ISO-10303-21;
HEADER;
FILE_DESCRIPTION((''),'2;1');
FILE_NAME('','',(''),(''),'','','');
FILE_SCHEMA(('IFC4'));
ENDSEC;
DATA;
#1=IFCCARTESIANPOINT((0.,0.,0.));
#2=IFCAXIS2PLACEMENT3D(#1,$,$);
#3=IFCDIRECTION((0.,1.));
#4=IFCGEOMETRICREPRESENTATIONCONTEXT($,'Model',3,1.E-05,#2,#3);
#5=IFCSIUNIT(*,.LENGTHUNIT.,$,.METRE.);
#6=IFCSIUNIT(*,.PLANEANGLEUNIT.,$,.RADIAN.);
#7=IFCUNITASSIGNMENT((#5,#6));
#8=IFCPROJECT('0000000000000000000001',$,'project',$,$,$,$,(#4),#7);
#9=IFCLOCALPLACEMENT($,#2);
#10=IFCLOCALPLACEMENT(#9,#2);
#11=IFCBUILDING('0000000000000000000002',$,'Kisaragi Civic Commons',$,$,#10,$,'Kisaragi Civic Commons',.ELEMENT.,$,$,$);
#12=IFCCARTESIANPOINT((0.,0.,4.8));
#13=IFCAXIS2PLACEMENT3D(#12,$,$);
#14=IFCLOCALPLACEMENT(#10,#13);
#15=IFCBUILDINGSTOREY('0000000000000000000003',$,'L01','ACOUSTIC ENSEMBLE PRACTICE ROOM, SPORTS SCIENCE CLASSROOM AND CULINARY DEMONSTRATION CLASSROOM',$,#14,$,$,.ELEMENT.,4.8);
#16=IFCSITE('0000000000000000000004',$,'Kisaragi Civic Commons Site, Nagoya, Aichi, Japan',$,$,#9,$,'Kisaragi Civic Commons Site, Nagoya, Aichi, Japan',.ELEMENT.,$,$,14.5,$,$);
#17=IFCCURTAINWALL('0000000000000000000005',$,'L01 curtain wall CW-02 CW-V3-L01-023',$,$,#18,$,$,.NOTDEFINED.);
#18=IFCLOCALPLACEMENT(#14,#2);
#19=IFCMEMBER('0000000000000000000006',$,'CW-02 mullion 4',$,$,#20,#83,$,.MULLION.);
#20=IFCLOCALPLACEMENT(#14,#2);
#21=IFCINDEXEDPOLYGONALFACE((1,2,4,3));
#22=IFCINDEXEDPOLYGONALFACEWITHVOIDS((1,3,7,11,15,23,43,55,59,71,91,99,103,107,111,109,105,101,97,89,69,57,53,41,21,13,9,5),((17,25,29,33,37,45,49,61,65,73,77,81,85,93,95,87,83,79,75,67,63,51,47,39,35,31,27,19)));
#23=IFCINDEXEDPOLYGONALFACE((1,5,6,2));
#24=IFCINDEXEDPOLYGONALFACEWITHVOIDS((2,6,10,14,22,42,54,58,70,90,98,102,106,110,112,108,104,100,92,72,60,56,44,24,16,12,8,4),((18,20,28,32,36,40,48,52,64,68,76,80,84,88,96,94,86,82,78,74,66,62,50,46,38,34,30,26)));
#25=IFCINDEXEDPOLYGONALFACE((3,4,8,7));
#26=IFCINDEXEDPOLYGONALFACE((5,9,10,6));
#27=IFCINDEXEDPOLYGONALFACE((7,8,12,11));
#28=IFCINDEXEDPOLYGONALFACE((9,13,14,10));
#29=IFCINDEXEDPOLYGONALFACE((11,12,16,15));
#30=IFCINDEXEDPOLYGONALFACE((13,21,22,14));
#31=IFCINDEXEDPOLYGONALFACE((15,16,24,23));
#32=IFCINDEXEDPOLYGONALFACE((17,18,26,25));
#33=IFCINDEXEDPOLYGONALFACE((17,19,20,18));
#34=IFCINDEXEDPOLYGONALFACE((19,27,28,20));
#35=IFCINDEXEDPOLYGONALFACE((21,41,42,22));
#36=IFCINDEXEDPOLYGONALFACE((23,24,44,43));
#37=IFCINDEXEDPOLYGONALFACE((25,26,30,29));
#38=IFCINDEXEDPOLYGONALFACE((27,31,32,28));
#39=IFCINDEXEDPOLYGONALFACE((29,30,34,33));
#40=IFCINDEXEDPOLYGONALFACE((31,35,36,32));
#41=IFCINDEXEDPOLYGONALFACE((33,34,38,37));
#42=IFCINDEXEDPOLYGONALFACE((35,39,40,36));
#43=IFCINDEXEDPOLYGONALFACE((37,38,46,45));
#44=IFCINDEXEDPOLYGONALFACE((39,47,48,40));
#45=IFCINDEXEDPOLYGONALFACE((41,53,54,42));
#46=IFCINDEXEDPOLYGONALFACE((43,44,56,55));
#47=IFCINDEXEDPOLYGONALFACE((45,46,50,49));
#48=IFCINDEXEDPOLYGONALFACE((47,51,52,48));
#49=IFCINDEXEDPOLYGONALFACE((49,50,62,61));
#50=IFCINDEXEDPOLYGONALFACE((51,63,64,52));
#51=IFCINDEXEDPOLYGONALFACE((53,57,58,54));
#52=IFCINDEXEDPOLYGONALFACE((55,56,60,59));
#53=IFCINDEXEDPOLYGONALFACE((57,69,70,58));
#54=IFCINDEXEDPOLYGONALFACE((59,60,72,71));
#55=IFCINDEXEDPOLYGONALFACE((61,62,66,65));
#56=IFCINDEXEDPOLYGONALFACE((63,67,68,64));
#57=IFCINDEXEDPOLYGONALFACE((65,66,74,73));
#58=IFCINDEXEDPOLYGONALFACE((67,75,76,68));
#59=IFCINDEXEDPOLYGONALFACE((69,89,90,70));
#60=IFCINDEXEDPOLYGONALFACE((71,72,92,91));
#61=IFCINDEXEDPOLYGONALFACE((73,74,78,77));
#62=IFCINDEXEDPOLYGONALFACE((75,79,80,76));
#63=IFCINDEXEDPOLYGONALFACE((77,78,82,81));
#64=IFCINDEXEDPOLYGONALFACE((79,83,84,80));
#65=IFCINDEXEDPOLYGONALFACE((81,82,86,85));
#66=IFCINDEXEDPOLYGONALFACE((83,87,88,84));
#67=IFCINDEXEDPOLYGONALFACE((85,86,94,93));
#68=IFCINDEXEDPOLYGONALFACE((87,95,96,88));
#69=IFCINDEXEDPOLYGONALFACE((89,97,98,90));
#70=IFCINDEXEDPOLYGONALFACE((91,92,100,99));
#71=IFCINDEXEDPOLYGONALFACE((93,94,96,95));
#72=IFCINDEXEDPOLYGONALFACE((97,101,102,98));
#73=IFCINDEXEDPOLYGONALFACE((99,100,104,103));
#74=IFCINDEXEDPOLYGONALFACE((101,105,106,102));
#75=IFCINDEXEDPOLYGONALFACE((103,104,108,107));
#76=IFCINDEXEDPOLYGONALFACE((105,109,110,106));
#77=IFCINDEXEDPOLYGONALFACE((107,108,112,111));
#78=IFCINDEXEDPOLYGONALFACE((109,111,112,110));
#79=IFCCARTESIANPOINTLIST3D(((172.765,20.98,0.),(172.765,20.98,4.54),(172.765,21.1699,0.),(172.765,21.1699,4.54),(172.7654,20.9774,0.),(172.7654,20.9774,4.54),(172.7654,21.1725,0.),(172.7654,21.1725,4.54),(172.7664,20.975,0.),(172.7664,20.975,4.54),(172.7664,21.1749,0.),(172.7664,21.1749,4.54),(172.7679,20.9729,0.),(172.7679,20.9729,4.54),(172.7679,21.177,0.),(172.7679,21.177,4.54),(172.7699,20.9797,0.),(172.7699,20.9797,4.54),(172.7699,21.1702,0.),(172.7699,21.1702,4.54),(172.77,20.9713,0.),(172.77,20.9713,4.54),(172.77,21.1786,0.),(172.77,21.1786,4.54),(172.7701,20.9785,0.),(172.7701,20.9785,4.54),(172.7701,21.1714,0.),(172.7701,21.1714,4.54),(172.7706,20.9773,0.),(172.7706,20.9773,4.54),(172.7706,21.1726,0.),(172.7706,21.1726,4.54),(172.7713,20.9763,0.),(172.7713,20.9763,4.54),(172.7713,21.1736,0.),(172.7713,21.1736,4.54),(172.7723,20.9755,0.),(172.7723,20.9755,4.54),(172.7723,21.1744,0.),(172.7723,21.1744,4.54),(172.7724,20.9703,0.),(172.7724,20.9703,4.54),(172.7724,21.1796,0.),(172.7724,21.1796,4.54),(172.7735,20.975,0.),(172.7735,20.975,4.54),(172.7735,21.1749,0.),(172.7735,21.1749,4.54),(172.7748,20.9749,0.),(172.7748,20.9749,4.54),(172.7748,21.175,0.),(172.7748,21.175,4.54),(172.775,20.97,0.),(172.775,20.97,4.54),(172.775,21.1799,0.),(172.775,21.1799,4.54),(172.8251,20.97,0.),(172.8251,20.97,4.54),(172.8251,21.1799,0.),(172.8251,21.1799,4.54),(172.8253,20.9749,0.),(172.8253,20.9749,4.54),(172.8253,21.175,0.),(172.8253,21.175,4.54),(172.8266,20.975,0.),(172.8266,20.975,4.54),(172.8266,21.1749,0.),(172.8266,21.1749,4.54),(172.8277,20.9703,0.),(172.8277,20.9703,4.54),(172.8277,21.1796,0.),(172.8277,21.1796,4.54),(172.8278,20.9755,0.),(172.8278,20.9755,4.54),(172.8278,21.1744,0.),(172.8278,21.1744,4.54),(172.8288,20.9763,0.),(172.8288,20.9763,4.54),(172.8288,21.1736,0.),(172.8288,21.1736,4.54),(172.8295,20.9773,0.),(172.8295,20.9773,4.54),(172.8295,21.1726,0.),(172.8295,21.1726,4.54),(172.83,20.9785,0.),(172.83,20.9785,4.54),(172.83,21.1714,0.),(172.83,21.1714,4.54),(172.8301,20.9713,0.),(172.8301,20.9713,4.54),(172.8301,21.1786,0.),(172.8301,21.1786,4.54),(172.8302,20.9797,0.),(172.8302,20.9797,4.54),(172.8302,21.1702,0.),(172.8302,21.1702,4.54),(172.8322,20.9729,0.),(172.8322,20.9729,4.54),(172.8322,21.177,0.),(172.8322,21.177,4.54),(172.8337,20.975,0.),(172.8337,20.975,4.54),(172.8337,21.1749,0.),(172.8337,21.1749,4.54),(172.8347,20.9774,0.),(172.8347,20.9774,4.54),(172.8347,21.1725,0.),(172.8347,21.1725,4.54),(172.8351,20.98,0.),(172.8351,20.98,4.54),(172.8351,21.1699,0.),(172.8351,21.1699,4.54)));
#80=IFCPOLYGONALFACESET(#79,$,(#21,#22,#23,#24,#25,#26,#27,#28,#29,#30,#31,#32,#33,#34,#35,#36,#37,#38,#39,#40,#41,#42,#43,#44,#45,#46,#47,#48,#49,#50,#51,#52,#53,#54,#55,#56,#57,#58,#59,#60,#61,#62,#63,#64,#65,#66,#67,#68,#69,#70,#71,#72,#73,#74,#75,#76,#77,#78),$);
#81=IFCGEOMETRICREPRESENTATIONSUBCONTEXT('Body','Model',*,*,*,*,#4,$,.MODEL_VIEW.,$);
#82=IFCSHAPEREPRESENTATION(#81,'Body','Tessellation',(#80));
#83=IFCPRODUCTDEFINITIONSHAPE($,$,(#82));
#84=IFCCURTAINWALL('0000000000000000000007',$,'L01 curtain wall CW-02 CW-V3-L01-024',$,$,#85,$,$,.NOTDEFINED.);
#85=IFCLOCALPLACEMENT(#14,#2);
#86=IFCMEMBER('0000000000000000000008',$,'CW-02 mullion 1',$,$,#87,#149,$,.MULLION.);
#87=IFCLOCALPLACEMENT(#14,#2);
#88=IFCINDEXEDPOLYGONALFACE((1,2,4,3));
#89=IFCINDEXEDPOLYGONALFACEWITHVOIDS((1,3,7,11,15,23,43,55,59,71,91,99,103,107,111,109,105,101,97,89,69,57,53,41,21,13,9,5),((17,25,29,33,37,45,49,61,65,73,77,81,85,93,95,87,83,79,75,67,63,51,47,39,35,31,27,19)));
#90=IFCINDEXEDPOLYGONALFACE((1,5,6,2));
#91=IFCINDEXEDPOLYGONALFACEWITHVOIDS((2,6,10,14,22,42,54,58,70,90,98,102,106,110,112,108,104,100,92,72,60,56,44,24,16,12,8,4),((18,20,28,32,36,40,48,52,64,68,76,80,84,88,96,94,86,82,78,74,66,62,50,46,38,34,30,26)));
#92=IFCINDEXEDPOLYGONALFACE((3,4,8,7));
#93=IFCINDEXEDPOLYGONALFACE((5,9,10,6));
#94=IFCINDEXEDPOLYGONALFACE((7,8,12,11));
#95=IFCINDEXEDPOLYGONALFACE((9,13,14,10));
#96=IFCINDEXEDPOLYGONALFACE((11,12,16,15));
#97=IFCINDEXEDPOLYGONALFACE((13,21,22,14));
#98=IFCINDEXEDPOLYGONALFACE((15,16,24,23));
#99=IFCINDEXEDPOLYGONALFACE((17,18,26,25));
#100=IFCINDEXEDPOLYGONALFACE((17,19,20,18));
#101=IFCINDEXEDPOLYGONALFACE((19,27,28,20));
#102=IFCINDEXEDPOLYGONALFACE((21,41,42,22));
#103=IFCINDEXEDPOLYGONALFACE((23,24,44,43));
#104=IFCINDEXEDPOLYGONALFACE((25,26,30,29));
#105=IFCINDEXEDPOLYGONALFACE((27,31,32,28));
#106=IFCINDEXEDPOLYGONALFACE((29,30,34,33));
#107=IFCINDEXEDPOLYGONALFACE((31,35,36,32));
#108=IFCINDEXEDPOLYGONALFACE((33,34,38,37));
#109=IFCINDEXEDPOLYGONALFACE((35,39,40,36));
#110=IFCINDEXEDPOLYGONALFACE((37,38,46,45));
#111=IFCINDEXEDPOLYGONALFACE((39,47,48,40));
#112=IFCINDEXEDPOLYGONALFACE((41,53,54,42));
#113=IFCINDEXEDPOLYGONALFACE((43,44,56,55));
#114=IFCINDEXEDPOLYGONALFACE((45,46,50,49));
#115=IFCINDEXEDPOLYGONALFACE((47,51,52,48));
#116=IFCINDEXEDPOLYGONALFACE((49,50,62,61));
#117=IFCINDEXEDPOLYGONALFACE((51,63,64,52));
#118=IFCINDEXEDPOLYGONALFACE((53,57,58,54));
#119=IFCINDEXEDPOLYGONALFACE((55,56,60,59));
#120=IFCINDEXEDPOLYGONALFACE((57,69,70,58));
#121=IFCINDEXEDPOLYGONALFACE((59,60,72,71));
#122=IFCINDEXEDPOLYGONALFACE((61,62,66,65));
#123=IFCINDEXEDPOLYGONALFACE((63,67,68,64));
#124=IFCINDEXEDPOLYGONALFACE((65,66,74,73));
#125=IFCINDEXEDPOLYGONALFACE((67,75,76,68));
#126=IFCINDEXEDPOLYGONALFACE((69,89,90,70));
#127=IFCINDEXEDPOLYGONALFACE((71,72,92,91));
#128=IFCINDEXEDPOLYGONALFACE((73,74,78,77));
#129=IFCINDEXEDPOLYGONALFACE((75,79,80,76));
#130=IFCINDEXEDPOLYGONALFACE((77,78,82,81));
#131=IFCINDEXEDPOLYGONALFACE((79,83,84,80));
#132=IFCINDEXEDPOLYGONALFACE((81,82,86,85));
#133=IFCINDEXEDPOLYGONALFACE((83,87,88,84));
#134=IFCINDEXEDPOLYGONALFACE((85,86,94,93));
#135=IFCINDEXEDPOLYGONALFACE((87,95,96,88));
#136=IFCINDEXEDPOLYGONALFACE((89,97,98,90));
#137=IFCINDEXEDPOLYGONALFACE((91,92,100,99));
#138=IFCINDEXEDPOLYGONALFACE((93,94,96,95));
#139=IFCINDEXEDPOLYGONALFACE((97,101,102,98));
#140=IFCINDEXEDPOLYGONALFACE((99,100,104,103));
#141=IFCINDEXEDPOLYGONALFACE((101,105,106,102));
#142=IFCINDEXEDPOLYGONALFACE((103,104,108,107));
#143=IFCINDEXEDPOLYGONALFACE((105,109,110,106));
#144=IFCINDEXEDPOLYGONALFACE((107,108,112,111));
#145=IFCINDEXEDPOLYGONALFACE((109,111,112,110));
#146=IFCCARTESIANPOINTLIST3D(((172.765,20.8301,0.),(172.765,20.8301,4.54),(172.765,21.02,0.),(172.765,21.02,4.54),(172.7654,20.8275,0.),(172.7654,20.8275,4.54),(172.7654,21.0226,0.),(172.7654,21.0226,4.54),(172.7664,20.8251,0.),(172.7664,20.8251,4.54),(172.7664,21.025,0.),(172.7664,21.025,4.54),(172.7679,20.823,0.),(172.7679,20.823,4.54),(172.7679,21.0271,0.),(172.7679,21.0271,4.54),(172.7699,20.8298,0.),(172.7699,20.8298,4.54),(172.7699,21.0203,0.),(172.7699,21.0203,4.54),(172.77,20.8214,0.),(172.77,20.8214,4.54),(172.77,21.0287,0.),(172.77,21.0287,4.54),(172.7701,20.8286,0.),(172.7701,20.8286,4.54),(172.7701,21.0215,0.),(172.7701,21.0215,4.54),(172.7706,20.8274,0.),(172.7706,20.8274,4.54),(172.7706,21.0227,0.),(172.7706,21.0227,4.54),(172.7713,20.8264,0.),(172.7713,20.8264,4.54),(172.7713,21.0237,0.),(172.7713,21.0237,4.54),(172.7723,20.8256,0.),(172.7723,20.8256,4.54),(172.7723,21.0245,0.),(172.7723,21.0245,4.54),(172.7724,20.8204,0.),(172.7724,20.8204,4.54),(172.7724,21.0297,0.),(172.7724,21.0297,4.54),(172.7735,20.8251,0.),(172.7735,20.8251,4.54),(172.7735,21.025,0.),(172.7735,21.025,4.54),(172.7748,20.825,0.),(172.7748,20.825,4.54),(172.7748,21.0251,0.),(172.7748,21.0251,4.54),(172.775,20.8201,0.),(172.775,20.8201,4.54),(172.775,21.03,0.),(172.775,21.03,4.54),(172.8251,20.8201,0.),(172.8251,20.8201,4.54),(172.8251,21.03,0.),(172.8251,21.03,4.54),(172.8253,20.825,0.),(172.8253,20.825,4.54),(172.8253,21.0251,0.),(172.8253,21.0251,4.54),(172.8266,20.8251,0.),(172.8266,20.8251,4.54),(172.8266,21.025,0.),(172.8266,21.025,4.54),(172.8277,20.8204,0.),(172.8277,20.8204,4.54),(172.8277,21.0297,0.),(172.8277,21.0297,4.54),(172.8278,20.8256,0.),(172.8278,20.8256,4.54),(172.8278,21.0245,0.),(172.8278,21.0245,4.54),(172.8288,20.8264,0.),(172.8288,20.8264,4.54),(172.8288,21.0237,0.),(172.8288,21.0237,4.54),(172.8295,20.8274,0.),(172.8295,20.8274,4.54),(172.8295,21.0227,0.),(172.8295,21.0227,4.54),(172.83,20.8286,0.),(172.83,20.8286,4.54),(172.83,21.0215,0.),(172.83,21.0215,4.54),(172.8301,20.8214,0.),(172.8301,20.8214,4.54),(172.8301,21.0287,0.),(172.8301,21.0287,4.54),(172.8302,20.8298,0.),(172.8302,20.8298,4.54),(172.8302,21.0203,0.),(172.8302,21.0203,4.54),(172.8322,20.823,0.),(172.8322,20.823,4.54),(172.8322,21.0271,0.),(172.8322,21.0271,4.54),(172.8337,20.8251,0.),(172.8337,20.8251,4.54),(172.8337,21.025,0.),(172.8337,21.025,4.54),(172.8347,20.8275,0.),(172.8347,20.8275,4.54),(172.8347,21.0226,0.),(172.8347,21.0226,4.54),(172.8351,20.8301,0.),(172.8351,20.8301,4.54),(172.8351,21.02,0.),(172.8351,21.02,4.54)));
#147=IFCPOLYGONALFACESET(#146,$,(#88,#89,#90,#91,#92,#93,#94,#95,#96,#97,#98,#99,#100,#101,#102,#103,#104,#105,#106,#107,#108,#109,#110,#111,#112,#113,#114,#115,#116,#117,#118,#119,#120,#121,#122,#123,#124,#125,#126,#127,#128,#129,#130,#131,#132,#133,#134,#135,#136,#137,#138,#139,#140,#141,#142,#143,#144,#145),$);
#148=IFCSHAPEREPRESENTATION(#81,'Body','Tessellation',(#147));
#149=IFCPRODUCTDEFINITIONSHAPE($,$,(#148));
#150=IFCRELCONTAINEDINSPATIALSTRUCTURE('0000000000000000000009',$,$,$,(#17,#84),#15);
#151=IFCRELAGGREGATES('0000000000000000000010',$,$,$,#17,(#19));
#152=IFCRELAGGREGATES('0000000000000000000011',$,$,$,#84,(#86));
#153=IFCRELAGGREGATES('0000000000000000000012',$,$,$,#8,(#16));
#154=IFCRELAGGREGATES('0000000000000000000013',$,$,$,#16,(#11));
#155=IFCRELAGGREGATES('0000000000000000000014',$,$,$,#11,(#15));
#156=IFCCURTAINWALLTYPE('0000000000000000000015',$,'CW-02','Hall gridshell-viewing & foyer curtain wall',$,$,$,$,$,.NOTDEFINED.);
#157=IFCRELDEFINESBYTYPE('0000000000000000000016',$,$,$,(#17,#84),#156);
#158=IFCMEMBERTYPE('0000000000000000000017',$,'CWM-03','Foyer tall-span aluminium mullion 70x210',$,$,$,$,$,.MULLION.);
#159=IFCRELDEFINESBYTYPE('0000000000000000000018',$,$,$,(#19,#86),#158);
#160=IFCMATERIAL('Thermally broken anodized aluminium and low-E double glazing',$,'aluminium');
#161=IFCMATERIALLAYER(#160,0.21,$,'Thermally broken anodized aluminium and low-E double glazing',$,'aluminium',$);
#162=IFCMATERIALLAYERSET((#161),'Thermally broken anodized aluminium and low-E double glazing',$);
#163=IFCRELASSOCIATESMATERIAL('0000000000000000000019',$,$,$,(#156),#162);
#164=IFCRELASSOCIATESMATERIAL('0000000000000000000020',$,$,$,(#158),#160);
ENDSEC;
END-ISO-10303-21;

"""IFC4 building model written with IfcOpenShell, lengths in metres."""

from ifc_helpers import new_model, si_unit, direction, frame, origin, origin_2d, place, context, subcontext, project, spatial, hollow_rectangle, extrude, material, layer, layer_set, material_profile, profile_set, type_object, element, aggregate, save


model = new_model("IFC4")

# Units and contexts
model_context = context("Model", 3, precision=1e-05, world=origin(), true_north=direction((0.0, 1.0)))
body_context = subcontext(model_context, "Body", "Model", "MODEL_VIEW")
ifc_project = project(units=[si_unit("LENGTHUNIT", "METRE"), si_unit("PLANEANGLEUNIT", "RADIAN")], contexts=[model_context])

# Site, building, storey
site_placement = place(None, origin())
site = spatial("IfcSite", under=ifc_project, at=site_placement, Name="Kisaragi Civic Commons Site, Nagoya, Aichi, Japan", LongName="Kisaragi Civic Commons Site, Nagoya, Aichi, Japan", CompositionType="ELEMENT", RefElevation=14.5)
building_placement = place(site_placement, origin())
building = spatial("IfcBuilding", under=site, at=building_placement, Name="Kisaragi Civic Commons", LongName="Kisaragi Civic Commons", CompositionType="ELEMENT")
storey_placement = place(building_placement, frame((0.0, 0.0, 4.8)))
storey = spatial("IfcBuildingStorey", under=building, at=storey_placement, Name="L01", Description="ACOUSTIC ENSEMBLE PRACTICE ROOM, SPORTS SCIENCE CLASSROOM AND CULINARY DEMONSTRATION CLASSROOM", CompositionType="ELEMENT", Elevation=4.8)

# Curtain wall, member
ifc_material = material(Name="Thermally broken anodized aluminium and low-E double glazing", Category="aluminium")
ifc_layer_1 = layer(ifc_material, 0.21, Name="Thermally broken anodized aluminium and low-E double glazing", Category="aluminium")
ifc_layer_set_1 = layer_set([ifc_layer_1], Name="Thermally broken anodized aluminium and low-E double glazing")
curtain_wall_type = type_object("IfcCurtainWallType", Name="CW-02", Description="Hall gridshell-viewing & foyer curtain wall", PredefinedType="NOTDEFINED", material=ifc_layer_set_1)
curtain_wall_1_placement = place(storey_placement, origin())
curtain_wall_1 = element("IfcCurtainWall", 1, at=curtain_wall_1_placement, inside=storey, type_object=curtain_wall_type, Name="L01 curtain wall CW-02 CW-V3-L01-023", PredefinedType="NOTDEFINED")
ifc_material_profile_1 = material_profile(ifc_material, hollow_rectangle(XDim=0.0701, YDim=0.21, WallThickness=0.0049, InnerFilletRadius=0.0049, OuterFilletRadius=0.01, at=origin_2d()), Name="CWM-70x210x5", Category="aluminium")
ifc_profile_set_1 = profile_set([ifc_material_profile_1], Name="Thermally broken anodized aluminium and low-E double glazing")
member_type_1 = type_object("IfcMemberType", Name="CWM-03", Description="Foyer tall-span aluminium mullion 70x210", PredefinedType="MULLION", material=ifc_profile_set_1)
member_1_placement = place(storey_placement, frame((172.8, 21.075, 0.0), z_axis=(0.0, 0.0, 1.0), x_axis=(1.0, 0.0, 0.0)))
member_1 = element("IfcMember", 2, at=member_1_placement, type_object=member_type_1, Name="CW-02 mullion 4", PredefinedType="MULLION", context=body_context, shape_type="SweptSolid", body=[
    extrude(hollow_rectangle(XDim=0.0701, YDim=0.21, WallThickness=0.0049, InnerFilletRadius=0.0049, OuterFilletRadius=0.01, at=origin_2d()), origin(), (0.0, 0.0, 1.0), 4.54),
])

# Curtain wall, member
curtain_wall_2_placement = place(storey_placement, origin())
curtain_wall_2 = element("IfcCurtainWall", 3, at=curtain_wall_2_placement, inside=storey, type_object=curtain_wall_type, Name="L01 curtain wall CW-02 CW-V3-L01-024", PredefinedType="NOTDEFINED")
member_2_placement = place(storey_placement, frame((172.8, 20.925, 0.0), z_axis=(0.0, 0.0, 1.0), x_axis=(1.0, 0.0, 0.0)))
member_2 = element("IfcMember", 4, at=member_2_placement, type_object=member_type_1, Name="CW-02 mullion 1", PredefinedType="MULLION", context=body_context, shape_type="SweptSolid", body=[
    extrude(hollow_rectangle(XDim=0.0701, YDim=0.21, WallThickness=0.0049, InnerFilletRadius=0.0049, OuterFilletRadius=0.01, at=origin_2d()), origin(), (0.0, 0.0, 1.0), 4.54),
])

aggregate(curtain_wall_1, [member_1])
aggregate(curtain_wall_2, [member_2])

save(model, "model.ifc")
